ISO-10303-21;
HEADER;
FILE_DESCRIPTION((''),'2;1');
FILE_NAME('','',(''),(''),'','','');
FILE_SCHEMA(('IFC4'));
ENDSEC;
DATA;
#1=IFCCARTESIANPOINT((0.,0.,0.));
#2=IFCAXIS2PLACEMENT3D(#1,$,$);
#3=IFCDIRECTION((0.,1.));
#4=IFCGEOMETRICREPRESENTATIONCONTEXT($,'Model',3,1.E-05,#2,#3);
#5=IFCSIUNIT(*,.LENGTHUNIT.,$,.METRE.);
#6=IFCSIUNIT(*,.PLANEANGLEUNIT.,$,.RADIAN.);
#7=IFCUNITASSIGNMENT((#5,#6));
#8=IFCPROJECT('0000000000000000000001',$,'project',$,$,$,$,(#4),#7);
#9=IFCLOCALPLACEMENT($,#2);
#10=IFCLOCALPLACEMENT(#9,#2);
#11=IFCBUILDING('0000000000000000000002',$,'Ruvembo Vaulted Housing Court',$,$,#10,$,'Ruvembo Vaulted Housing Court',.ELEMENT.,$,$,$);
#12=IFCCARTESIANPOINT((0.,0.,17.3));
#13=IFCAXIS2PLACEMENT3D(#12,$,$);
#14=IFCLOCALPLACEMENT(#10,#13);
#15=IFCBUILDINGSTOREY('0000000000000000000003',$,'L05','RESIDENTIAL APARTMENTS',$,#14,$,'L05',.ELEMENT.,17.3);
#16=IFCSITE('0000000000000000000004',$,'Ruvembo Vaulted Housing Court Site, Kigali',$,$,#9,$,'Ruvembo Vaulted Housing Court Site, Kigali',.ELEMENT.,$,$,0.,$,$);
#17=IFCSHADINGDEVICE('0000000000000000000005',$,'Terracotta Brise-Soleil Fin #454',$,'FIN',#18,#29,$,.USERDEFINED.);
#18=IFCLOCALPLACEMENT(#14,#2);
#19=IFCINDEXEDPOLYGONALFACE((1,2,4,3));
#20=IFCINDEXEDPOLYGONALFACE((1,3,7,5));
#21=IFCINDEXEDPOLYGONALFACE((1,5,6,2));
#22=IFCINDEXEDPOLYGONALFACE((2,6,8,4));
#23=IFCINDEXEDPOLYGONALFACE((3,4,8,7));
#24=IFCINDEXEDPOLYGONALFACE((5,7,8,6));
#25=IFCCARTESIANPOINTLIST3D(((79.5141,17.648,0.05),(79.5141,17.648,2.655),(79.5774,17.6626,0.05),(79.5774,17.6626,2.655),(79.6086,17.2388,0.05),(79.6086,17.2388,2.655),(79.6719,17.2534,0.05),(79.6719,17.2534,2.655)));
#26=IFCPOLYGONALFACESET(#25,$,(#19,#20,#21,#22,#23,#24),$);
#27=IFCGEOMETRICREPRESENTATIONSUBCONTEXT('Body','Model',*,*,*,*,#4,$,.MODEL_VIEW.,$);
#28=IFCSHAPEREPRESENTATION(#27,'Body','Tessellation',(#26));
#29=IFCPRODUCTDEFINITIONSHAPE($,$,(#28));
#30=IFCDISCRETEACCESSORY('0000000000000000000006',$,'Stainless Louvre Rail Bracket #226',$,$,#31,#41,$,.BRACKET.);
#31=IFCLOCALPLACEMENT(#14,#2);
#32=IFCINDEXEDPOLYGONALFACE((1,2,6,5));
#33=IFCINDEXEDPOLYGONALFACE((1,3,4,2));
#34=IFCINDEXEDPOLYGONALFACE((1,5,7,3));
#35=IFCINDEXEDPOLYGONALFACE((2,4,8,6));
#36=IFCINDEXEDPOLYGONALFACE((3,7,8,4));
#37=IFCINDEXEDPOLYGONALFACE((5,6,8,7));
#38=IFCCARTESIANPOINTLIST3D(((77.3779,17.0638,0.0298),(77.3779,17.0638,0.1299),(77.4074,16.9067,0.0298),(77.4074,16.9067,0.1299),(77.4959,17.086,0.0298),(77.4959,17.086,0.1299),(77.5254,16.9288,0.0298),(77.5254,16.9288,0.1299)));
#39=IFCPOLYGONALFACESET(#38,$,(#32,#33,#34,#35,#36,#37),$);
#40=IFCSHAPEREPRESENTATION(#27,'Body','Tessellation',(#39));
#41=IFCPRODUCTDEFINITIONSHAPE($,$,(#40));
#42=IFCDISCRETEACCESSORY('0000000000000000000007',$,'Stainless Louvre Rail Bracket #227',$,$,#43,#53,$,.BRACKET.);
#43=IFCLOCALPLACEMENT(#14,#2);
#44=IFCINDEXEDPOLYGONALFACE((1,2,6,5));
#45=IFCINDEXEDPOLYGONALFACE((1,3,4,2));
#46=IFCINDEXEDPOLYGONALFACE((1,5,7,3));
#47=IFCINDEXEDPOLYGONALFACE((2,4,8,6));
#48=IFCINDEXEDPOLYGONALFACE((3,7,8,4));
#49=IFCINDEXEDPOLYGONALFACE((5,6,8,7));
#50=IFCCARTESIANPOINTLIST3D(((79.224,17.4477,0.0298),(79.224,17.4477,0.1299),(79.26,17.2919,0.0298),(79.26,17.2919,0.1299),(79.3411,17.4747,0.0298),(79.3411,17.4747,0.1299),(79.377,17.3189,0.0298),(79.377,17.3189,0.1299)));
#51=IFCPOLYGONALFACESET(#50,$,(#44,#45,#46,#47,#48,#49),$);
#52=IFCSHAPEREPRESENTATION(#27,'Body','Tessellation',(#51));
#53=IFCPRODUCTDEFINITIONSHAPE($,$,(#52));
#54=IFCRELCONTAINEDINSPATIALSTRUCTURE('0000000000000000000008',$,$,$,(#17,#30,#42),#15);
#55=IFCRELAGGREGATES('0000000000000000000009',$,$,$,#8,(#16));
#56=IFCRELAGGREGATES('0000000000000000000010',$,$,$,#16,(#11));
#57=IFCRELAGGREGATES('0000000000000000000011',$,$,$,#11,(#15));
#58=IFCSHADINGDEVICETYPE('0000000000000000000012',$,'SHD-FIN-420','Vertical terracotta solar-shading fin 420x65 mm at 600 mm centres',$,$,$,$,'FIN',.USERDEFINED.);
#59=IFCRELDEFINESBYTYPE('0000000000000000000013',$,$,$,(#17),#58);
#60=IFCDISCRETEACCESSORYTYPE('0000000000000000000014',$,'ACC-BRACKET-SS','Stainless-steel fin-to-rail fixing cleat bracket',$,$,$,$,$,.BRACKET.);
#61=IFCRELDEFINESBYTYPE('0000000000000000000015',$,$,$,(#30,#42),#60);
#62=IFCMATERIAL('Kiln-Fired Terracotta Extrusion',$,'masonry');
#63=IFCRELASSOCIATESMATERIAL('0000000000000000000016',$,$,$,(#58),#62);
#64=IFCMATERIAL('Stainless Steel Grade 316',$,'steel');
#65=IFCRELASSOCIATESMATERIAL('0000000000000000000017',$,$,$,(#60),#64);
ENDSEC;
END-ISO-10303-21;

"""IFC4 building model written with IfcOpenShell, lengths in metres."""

from ifc_helpers import new_model, si_unit, direction, frame, origin, origin_2d, place, context, subcontext, project, spatial, rectangle, extrude, material, type_object, element, save


model = new_model("IFC4")

# Units and contexts
model_context = context("Model", 3, precision=1e-05, world=origin(), true_north=direction((0.0, 1.0)))
body_context = subcontext(model_context, "Body", "Model", "MODEL_VIEW")
ifc_project = project(units=[si_unit("LENGTHUNIT", "METRE"), si_unit("PLANEANGLEUNIT", "RADIAN")], contexts=[model_context])

# Site, building, storey
site_placement = place(None, origin())
site = spatial("IfcSite", under=ifc_project, at=site_placement, Name="Ruvembo Vaulted Housing Court Site, Kigali", LongName="Ruvembo Vaulted Housing Court Site, Kigali", CompositionType="ELEMENT", RefElevation=0.0)
building_placement = place(site_placement, origin())
building = spatial("IfcBuilding", under=site, at=building_placement, Name="Ruvembo Vaulted Housing Court", LongName="Ruvembo Vaulted Housing Court", CompositionType="ELEMENT")
storey_placement = place(building_placement, frame((0.0, 0.0, 17.3)))
storey = spatial("IfcBuildingStorey", under=building, at=storey_placement, Name="L05", Description="RESIDENTIAL APARTMENTS", LongName="L05", CompositionType="ELEMENT", Elevation=17.3)

# Shading device
ifc_material_1 = material(Name="Kiln-Fired Terracotta Extrusion", Category="masonry")
shading_device_type = type_object("IfcShadingDeviceType", Name="SHD-FIN-420", Description="Vertical terracotta solar-shading fin 420x65 mm at 600 mm centres", ElementType="FIN", PredefinedType="USERDEFINED", material=ifc_material_1)
for number, where, z_axis, x_axis, name in (
    (1, (79.593, 17.4507, 0.05), (0.0, 0.0, 1.0), (0.224951, -0.97437, 0.0), "Terracotta Brise-Soleil Fin #454"),
):
    element("IfcShadingDevice", number, at=place(storey_placement, frame(where, z_axis=z_axis, x_axis=x_axis)), inside=storey, type_object=shading_device_type, Name=name, ObjectType="FIN", PredefinedType="USERDEFINED", context=body_context, shape_type="SweptSolid", body=[
        extrude(rectangle(XDim=0.4199, YDim=0.0649, at=origin_2d()), origin(), (0.0, 0.0, 1.0), 2.605),
    ])

# Discrete accessories
ifc_material_2 = material(Name="Stainless Steel Grade 316", Category="steel")
discrete_accessory_type = type_object("IfcDiscreteAccessoryType", Name="ACC-BRACKET-SS", Description="Stainless-steel fin-to-rail fixing cleat bracket", PredefinedType="BRACKET", material=ifc_material_2)
for number, where, z_axis, x_axis, name in (
    (2, (77.4517, 16.9963, 0.0298), (0.0, 0.0, 1.0), (0.184569, -0.98282, 0.0), "Stainless Louvre Rail Bracket #226"),
    (3, (79.3005, 17.3833, 0.0298), (0.0, 0.0, 1.0), (0.224951, -0.97437, 0.0), "Stainless Louvre Rail Bracket #227"),
):
    element("IfcDiscreteAccessory", number, at=place(storey_placement, frame(where, z_axis=z_axis, x_axis=x_axis)), inside=storey, type_object=discrete_accessory_type, Name=name, PredefinedType="BRACKET", context=body_context, shape_type="SweptSolid", body=[
        extrude(rectangle(XDim=0.1599, YDim=0.1201, at=origin_2d()), origin(), (0.0, 0.0, 1.0), 0.1001),
    ])

save(model, "model.ifc")
